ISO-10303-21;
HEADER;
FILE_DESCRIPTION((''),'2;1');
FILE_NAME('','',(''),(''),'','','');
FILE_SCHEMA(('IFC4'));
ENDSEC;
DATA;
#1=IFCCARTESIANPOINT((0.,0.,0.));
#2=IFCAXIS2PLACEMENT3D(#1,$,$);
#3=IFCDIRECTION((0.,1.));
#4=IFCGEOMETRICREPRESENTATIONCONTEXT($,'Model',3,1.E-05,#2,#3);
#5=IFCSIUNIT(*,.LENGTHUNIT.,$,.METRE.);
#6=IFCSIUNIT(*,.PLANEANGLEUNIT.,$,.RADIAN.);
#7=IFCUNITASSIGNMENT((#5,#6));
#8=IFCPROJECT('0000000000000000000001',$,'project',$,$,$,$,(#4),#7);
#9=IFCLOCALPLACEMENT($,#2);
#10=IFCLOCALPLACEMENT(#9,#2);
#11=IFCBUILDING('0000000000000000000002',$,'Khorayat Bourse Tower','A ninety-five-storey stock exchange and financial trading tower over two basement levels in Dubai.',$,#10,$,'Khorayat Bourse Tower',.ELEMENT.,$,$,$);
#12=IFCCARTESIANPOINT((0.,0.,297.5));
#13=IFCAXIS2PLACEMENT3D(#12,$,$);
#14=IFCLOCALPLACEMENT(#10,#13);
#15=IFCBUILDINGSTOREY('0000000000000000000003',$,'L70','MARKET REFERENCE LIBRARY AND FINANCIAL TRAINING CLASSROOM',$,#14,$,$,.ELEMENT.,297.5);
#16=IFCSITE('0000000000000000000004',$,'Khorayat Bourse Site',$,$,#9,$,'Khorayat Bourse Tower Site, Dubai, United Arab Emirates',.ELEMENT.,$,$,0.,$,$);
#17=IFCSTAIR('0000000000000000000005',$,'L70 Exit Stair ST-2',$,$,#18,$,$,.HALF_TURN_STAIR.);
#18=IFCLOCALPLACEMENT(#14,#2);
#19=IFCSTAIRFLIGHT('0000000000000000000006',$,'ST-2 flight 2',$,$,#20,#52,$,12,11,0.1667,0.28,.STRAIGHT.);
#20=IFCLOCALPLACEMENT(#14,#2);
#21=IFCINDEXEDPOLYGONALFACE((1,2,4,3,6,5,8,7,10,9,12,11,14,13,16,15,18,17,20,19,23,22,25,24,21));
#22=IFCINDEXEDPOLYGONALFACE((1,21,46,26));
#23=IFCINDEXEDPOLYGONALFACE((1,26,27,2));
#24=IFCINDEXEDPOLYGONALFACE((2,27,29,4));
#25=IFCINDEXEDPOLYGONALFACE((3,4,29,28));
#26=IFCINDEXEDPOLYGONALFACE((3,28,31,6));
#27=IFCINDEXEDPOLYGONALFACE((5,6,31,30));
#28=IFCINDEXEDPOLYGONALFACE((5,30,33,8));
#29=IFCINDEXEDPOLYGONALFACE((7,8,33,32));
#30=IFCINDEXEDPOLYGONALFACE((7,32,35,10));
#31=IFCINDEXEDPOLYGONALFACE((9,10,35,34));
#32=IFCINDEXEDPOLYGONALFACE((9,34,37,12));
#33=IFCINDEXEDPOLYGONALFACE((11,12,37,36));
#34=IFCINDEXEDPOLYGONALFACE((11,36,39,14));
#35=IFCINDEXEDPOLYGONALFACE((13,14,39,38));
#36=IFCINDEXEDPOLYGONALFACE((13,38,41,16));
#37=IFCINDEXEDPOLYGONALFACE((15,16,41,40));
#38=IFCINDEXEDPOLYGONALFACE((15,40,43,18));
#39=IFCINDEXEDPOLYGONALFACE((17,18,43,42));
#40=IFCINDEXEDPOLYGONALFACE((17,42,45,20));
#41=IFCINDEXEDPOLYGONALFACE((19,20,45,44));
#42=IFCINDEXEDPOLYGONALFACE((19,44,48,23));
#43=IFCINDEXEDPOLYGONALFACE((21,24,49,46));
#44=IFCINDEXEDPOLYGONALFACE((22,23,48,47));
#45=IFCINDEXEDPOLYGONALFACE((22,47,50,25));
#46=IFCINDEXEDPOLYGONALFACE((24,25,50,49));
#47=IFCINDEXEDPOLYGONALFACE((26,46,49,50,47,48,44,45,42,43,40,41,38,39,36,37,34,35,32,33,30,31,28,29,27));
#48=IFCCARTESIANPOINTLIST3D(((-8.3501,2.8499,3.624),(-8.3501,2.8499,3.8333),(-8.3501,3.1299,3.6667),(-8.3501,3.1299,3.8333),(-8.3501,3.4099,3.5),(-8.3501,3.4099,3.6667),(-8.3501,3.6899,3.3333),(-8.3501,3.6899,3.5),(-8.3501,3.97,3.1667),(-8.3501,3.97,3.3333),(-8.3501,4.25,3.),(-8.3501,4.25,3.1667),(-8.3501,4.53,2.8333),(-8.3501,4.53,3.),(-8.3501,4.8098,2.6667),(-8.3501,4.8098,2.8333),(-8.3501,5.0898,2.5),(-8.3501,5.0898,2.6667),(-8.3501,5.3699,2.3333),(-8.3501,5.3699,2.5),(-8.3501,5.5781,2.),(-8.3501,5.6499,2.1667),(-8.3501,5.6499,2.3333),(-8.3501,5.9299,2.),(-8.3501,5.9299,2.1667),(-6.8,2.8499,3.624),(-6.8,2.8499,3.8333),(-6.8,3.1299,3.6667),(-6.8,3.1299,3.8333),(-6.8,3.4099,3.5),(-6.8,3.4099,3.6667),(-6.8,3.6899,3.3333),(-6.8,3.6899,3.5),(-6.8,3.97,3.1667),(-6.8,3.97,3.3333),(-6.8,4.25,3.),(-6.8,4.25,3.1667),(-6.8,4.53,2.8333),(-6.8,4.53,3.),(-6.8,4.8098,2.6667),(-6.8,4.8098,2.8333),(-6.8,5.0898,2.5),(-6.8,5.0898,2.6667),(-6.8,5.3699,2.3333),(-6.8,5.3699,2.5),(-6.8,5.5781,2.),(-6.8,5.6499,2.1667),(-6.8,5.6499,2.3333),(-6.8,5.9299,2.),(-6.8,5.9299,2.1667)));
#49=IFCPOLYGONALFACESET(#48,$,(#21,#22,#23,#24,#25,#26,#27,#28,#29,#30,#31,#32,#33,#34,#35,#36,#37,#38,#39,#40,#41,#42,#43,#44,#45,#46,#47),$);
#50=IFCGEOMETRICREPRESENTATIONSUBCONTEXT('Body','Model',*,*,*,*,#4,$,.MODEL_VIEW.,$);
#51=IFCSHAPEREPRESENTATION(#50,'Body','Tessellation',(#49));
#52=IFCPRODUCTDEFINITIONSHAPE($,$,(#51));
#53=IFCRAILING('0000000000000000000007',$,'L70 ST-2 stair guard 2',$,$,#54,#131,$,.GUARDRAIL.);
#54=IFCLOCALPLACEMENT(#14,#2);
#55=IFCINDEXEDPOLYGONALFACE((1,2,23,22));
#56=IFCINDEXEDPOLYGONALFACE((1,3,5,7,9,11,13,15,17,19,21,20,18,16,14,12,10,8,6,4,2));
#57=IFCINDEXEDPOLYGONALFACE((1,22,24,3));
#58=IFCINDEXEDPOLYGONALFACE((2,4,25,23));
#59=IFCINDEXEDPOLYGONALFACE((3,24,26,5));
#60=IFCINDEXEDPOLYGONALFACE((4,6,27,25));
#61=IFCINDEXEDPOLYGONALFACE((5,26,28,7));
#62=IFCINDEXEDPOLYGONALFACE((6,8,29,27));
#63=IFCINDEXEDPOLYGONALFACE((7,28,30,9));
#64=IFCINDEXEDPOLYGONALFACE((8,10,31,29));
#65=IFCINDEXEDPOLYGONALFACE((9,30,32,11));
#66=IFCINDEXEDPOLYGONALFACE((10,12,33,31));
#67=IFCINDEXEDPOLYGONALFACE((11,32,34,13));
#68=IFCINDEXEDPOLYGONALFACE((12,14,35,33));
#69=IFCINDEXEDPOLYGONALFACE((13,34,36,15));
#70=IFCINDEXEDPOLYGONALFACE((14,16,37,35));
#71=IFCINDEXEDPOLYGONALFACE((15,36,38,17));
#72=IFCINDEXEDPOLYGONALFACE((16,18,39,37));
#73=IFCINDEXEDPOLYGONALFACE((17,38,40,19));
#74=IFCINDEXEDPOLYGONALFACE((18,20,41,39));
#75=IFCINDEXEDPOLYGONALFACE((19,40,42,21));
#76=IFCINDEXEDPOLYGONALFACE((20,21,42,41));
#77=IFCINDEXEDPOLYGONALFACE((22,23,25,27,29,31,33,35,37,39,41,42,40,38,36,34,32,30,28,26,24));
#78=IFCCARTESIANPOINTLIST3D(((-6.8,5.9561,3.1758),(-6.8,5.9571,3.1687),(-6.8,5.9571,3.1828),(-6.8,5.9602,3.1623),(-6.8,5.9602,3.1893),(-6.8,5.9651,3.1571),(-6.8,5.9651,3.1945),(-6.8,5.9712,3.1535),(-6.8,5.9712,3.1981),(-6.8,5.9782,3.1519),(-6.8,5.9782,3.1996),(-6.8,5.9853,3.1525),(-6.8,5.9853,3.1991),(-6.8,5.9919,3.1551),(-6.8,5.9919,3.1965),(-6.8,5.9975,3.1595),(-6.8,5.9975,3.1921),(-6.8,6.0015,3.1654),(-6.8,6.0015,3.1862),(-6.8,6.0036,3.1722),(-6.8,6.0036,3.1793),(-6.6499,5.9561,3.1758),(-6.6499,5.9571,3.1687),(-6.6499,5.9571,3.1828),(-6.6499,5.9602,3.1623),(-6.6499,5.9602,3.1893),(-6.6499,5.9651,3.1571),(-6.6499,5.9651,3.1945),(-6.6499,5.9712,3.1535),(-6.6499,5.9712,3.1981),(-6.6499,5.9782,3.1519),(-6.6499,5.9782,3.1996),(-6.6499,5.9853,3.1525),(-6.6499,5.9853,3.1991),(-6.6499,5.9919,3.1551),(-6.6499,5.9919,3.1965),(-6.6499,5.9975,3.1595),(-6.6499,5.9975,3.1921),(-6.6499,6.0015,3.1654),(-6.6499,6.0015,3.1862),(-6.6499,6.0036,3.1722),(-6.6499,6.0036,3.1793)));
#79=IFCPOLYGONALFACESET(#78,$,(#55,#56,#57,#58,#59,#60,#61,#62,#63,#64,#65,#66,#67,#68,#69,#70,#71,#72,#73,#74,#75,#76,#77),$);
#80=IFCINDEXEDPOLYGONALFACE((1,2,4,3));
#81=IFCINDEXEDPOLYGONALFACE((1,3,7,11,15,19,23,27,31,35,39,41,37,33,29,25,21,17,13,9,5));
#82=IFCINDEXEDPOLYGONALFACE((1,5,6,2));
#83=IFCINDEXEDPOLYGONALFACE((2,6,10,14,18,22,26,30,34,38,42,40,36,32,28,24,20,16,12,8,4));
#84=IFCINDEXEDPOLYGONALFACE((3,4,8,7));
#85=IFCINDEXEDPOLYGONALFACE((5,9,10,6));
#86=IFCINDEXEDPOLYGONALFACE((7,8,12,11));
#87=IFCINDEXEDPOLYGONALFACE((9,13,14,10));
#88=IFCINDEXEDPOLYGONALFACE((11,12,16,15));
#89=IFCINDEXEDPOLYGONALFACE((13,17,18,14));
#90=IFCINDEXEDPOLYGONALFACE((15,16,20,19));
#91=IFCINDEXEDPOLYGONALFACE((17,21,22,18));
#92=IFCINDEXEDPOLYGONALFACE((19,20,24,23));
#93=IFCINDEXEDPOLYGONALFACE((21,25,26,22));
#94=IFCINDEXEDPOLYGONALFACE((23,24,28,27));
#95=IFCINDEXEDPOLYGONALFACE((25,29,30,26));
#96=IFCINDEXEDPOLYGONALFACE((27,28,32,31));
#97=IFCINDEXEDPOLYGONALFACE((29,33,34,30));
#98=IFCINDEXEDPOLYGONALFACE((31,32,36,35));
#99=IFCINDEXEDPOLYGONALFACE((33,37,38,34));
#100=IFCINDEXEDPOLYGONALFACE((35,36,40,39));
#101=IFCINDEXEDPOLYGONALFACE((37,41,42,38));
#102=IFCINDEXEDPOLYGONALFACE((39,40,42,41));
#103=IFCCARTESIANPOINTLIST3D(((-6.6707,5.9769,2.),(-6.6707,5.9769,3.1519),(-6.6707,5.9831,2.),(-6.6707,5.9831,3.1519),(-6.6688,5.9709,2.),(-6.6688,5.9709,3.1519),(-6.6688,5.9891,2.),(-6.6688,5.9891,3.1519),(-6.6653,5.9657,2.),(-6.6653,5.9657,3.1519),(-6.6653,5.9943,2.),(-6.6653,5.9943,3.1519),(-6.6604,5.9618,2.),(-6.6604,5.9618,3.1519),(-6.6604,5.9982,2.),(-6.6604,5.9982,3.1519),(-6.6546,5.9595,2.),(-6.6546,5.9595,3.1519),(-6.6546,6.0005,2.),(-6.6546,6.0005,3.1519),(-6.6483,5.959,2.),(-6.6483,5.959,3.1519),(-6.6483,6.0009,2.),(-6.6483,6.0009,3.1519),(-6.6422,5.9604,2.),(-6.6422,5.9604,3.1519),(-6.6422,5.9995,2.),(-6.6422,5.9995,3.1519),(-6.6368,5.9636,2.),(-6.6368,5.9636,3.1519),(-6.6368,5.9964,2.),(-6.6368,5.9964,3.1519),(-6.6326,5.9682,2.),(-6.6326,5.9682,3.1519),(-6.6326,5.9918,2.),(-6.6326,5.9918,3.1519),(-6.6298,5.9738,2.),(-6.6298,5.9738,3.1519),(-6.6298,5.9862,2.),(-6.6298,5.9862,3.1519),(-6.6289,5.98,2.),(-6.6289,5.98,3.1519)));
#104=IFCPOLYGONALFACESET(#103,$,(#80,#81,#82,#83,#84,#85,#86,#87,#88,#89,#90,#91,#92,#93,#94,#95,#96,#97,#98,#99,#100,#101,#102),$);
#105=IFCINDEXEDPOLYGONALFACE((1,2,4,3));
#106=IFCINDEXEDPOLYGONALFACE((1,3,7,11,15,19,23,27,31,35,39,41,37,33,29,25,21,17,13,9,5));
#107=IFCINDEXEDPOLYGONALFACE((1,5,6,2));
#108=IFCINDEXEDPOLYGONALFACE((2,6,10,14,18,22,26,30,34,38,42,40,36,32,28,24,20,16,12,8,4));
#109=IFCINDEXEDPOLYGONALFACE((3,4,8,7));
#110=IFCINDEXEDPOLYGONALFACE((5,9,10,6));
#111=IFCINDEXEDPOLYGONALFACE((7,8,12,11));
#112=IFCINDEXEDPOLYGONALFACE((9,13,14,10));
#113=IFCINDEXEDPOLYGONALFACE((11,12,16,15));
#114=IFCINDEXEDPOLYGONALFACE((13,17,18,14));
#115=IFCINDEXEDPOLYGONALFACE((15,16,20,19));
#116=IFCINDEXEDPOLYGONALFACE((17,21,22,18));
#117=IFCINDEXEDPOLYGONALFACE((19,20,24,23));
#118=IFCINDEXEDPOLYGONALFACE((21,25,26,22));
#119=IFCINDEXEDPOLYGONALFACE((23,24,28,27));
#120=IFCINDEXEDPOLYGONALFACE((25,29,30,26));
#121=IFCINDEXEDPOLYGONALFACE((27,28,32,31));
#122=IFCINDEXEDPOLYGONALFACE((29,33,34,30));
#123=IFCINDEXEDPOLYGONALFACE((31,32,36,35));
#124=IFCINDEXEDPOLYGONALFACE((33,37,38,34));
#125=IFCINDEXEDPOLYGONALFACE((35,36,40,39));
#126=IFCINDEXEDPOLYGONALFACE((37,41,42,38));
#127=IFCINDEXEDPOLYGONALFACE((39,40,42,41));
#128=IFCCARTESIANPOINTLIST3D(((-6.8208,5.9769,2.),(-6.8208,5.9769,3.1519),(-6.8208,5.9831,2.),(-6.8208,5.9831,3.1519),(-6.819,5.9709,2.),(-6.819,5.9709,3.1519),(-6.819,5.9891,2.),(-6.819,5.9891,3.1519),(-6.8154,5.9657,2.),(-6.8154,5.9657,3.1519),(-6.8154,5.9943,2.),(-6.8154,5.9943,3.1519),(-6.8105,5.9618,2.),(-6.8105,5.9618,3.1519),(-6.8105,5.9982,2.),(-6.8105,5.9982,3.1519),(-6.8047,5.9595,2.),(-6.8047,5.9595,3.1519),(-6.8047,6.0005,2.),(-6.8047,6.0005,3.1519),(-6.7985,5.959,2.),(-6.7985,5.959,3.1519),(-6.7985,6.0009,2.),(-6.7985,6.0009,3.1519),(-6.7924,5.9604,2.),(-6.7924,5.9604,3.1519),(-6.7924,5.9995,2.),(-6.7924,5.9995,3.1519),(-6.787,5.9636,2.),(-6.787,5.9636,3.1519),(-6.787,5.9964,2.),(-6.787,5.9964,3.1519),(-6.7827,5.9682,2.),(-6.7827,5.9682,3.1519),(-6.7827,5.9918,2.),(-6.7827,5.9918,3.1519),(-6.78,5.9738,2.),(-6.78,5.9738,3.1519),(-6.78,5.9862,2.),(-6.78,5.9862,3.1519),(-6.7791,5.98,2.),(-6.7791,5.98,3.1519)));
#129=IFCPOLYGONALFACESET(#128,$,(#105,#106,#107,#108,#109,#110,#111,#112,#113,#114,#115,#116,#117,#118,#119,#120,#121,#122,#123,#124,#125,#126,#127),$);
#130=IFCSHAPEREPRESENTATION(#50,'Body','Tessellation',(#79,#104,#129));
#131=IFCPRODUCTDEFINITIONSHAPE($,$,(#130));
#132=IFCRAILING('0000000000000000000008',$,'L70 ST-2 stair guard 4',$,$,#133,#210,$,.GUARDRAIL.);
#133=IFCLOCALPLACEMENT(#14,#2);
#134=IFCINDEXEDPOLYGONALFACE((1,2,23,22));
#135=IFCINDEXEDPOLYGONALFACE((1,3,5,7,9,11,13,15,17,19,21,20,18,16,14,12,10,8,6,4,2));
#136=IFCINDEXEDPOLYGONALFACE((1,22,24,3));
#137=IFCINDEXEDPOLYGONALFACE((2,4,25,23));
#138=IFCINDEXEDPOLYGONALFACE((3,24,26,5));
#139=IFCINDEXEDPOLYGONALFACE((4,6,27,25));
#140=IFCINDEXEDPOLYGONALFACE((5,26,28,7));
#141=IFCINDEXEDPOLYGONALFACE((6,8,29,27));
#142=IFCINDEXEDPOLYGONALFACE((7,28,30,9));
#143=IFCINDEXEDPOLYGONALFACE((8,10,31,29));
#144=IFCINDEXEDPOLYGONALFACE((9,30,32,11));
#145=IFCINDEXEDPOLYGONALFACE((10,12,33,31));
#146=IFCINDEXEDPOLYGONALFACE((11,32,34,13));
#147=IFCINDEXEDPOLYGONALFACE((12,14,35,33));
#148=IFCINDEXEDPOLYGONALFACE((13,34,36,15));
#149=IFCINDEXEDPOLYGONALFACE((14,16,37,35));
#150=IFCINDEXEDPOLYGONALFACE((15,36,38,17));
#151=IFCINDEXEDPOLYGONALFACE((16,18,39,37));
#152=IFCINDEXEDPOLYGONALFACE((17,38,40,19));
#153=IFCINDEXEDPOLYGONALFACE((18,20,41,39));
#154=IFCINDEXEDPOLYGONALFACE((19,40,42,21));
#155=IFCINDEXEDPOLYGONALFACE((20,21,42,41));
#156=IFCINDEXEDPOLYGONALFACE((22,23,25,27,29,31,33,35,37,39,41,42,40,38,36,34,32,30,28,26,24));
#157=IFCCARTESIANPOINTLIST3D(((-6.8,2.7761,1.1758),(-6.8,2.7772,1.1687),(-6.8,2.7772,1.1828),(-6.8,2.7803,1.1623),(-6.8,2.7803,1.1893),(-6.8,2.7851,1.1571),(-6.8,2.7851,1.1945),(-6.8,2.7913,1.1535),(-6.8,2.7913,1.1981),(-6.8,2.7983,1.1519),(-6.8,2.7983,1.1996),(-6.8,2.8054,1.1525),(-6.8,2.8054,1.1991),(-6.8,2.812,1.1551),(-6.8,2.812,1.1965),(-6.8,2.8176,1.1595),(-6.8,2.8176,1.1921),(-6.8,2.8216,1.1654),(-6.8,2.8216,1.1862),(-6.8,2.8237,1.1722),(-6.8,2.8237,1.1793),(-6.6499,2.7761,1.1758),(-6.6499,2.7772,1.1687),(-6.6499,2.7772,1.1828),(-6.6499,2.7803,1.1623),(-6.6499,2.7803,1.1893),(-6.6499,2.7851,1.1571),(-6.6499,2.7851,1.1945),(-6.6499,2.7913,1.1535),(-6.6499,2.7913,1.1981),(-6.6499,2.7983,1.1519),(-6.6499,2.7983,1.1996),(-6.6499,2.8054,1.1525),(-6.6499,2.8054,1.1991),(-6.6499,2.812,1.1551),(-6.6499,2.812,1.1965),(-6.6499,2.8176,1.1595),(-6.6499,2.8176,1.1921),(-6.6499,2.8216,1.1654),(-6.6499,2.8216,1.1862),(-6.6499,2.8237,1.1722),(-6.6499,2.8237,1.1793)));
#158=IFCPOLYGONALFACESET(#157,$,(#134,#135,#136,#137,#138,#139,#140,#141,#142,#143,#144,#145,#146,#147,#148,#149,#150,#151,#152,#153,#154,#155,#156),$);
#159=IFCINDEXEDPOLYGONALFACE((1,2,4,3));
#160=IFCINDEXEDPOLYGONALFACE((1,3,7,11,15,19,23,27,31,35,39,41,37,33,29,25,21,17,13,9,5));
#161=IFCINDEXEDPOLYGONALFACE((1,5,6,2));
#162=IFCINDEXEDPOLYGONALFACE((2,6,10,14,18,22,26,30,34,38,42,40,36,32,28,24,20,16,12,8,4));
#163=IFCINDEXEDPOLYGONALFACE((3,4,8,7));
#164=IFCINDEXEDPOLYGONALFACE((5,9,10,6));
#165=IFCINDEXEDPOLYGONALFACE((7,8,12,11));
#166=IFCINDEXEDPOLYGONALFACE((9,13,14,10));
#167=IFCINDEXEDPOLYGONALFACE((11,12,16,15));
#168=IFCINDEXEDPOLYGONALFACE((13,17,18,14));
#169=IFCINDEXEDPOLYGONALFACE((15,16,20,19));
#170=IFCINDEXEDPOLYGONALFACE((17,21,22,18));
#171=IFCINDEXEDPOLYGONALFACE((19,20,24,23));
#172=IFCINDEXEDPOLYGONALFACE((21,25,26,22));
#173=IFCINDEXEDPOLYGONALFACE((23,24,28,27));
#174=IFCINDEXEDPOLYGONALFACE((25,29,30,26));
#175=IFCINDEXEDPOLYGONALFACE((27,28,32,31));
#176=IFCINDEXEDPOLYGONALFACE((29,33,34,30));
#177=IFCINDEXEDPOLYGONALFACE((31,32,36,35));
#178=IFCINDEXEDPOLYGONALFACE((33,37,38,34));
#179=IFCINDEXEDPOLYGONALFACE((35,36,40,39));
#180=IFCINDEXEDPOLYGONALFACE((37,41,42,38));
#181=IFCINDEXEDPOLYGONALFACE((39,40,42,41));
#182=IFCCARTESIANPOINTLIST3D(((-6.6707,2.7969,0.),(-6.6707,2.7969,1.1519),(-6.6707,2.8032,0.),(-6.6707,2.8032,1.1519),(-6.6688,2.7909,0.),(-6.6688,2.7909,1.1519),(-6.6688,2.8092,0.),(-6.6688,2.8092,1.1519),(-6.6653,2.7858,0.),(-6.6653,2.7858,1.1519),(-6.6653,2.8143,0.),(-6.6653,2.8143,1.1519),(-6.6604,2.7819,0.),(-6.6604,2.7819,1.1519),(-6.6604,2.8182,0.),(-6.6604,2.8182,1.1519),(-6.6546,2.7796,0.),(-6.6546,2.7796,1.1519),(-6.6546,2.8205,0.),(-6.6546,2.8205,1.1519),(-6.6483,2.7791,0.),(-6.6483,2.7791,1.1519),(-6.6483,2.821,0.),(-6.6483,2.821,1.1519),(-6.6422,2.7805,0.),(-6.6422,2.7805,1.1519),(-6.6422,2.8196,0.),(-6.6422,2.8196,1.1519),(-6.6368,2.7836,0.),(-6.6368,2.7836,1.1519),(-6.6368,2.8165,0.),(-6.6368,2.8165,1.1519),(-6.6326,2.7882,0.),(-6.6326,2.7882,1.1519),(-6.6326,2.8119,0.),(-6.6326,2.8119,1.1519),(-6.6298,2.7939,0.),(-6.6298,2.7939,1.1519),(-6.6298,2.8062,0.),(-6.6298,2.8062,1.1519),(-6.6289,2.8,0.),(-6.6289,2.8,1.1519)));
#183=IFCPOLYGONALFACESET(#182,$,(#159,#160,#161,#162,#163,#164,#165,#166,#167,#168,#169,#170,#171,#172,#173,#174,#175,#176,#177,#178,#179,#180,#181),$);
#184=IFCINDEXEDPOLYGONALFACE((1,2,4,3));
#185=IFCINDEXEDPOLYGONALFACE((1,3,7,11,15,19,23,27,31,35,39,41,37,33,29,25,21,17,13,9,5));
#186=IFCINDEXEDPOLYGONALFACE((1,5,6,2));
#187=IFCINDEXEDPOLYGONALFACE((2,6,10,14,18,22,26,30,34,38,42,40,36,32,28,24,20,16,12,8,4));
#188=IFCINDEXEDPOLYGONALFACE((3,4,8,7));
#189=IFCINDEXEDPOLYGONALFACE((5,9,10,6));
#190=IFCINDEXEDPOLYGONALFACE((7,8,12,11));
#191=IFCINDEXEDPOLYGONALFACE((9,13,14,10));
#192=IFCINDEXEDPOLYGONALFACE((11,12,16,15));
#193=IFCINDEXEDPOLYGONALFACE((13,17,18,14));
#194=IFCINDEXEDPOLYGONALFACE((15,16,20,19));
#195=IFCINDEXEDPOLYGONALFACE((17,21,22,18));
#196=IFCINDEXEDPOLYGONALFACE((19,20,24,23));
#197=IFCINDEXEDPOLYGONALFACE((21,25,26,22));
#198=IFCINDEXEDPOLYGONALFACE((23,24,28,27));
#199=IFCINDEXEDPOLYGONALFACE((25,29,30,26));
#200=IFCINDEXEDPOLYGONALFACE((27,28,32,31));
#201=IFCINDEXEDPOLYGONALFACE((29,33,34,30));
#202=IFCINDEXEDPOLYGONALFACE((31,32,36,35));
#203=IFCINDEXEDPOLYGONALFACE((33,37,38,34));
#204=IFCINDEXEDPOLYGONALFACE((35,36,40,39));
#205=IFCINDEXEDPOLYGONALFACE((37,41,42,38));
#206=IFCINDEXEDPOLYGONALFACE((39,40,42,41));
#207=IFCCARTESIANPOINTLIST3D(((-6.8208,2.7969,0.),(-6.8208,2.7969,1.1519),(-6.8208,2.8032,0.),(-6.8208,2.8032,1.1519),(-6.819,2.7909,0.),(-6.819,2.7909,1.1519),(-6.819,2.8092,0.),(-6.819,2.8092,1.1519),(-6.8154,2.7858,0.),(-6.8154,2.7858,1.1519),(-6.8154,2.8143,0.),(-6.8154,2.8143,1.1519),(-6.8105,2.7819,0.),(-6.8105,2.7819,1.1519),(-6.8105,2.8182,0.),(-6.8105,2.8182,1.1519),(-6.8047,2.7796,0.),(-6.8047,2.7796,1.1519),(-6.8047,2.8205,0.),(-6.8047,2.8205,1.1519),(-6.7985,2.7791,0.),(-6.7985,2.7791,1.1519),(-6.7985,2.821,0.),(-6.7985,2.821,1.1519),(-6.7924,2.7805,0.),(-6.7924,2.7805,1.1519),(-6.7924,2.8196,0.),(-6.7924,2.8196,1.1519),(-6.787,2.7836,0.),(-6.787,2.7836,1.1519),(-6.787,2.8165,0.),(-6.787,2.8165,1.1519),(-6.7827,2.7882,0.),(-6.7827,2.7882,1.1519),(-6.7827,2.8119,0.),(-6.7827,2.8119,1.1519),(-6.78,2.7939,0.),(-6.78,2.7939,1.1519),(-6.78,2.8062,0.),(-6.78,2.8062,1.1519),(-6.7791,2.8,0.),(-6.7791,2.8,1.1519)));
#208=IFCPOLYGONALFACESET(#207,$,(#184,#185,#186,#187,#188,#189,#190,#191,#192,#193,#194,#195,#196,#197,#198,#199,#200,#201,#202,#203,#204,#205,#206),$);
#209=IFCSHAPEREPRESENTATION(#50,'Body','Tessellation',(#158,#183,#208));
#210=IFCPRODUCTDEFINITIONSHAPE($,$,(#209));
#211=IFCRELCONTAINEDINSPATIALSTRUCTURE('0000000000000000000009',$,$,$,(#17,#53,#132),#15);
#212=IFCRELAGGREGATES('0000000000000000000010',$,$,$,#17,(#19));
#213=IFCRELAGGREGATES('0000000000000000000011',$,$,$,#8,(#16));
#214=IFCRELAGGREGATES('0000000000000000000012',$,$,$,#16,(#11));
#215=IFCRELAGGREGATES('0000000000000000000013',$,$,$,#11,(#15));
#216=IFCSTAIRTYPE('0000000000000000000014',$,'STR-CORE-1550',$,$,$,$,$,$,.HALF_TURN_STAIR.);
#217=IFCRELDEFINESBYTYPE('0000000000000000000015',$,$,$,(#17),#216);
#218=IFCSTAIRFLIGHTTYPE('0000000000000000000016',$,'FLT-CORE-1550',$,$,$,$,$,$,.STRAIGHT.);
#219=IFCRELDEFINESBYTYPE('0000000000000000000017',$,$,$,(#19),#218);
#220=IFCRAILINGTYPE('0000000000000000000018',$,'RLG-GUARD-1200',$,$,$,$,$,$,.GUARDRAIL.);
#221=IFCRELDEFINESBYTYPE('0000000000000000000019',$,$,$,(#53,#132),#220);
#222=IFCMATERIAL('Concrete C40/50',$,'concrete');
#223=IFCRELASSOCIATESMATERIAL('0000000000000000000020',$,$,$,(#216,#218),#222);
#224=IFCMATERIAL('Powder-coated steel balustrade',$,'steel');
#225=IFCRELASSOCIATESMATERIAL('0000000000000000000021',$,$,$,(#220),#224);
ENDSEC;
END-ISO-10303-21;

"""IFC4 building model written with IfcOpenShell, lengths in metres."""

from ifc_helpers import new_model, si_unit, direction, frame, origin, origin_2d, place, context, subcontext, project, spatial, polyline, circle, outline, extrude, source, transform, mapped, material, type_object, element, aggregate, save


model = new_model("IFC4")

# Units and contexts
model_context = context("Model", 3, precision=1e-05, world=origin(), true_north=direction((0.0, 1.0)))
body_context = subcontext(model_context, "Body", "Model", "MODEL_VIEW")
ifc_project = project(units=[si_unit("LENGTHUNIT", "METRE"), si_unit("PLANEANGLEUNIT", "RADIAN")], contexts=[model_context])

# Site, building, storey
site_placement = place(None, origin())
site = spatial("IfcSite", under=ifc_project, at=site_placement, Name="Khorayat Bourse Site", LongName="Khorayat Bourse Tower Site, Dubai, United Arab Emirates", CompositionType="ELEMENT", RefElevation=0.0)
building_placement = place(site_placement, origin())
building = spatial("IfcBuilding", under=site, at=building_placement, Name="Khorayat Bourse Tower", Description="A ninety-five-storey stock exchange and financial trading tower over two basement levels in Dubai.", LongName="Khorayat Bourse Tower", CompositionType="ELEMENT")
storey_placement = place(building_placement, frame((0.0, 0.0, 297.5)))
storey = spatial("IfcBuildingStorey", under=building, at=storey_placement, Name="L70", Description="MARKET REFERENCE LIBRARY AND FINANCIAL TRAINING CLASSROOM", CompositionType="ELEMENT", Elevation=297.5)

# Stair, stair flight
ifc_material_1 = material(Name="Concrete C40/50", Category="concrete")
stair_type = type_object("IfcStairType", Name="STR-CORE-1550", PredefinedType="HALF_TURN_STAIR", material=ifc_material_1)
stair_placement = place(storey_placement, origin())
stair = element("IfcStair", 1, at=stair_placement, inside=storey, type_object=stair_type, Name="L70 Exit Stair ST-2", PredefinedType="HALF_TURN_STAIR")
stair_flight_type = type_object("IfcStairFlightType", Name="FLT-CORE-1550", PredefinedType="STRAIGHT", material=ifc_material_1)
shared_shape_1 = source(origin(), body_context, "Body", "SweptSolid", [
    extrude(outline(polyline([(0.0, 0.0), (0.0, 0.1667), (0.28, 0.1667), (0.28, 0.3333), (0.5601, 0.3333), (0.5601, 0.5), (0.8401, 0.5), (0.8401, 0.6667), (1.1201, 0.6667), (1.1201, 0.8333), (1.3999, 0.8333), (1.3999, 1.0), (1.6799, 1.0), (1.6799, 1.1667), (1.96, 1.1667), (1.96, 1.3333), (2.24, 1.3333), (2.24, 1.5), (2.52, 1.5), (2.52, 1.6667), (2.8, 1.6667), (2.8, 1.8333), (3.0801, 1.8333), (3.0801, 2.0), (3.0801, 1.624), (0.3518, 0.0), (0.0, 0.0)])), frame((0.0, 0.7749, 0.0), z_axis=(0.0, -1.0, 0.0), x_axis=(1.0, 0.0, 0.0)), (0.0, 0.0, 1.0), 1.55),
])
stair_flight_1_placement = place(storey_placement, frame((-7.575, 5.9299, 2.0), z_axis=(0.0, 0.0, 1.0), x_axis=(0.0, -1.0, 0.0)))
stair_flight_1 = element("IfcStairFlight", 2, at=stair_flight_1_placement, type_object=stair_flight_type, Name="ST-2 flight 2", NumberOfRisers=12, NumberOfTreads=11, PredefinedType="STRAIGHT", RiserHeight=0.1667, TreadLength=0.28, context=body_context, shape_type="MappedRepresentation", body=[
    mapped(shared_shape_1, transform((0.0, 0.0, 0.0), scale=1.0)),
])
aggregate(stair, [stair_flight_1])

# Railings
ifc_material_2 = material(Name="Powder-coated steel balustrade", Category="steel")
railing_type_1 = type_object("IfcRailingType", Name="RLG-GUARD-1200", PredefinedType="GUARDRAIL", material=ifc_material_2)
shared_shape_2 = source(origin(), body_context, "Body", "SweptSolid", [
    extrude(circle(Radius=0.0239, at=origin_2d()), frame((0.0, 0.0, 1.1758), z_axis=(-1.0, 0.0, 0.0), x_axis=(0.0, -1.0, 0.0)), (0.0, 0.0, 1.0), 0.1501),
    extrude(circle(Radius=0.021, at=origin_2d()), origin(), (0.0, 0.0, 1.0), 1.1519),
    extrude(circle(Radius=0.021, at=origin_2d()), frame((-0.1501, 0.0, 0.0)), (0.0, 0.0, 1.0), 1.1519),
])
for number, where, name in (
    (3, (-6.6499, 5.98, 2.0), "L70 ST-2 stair guard 2"),
    (4, (-6.6499, 2.8, 0.0), "L70 ST-2 stair guard 4"),
):
    element("IfcRailing", number, at=place(storey_placement, frame(where)), inside=storey, type_object=railing_type_1, Name=name, PredefinedType="GUARDRAIL", context=body_context, shape_type="MappedRepresentation", body=[
        mapped(shared_shape_2, transform((0.0, 0.0, 0.0), scale=1.0)),
    ])

save(model, "model.ifc")
